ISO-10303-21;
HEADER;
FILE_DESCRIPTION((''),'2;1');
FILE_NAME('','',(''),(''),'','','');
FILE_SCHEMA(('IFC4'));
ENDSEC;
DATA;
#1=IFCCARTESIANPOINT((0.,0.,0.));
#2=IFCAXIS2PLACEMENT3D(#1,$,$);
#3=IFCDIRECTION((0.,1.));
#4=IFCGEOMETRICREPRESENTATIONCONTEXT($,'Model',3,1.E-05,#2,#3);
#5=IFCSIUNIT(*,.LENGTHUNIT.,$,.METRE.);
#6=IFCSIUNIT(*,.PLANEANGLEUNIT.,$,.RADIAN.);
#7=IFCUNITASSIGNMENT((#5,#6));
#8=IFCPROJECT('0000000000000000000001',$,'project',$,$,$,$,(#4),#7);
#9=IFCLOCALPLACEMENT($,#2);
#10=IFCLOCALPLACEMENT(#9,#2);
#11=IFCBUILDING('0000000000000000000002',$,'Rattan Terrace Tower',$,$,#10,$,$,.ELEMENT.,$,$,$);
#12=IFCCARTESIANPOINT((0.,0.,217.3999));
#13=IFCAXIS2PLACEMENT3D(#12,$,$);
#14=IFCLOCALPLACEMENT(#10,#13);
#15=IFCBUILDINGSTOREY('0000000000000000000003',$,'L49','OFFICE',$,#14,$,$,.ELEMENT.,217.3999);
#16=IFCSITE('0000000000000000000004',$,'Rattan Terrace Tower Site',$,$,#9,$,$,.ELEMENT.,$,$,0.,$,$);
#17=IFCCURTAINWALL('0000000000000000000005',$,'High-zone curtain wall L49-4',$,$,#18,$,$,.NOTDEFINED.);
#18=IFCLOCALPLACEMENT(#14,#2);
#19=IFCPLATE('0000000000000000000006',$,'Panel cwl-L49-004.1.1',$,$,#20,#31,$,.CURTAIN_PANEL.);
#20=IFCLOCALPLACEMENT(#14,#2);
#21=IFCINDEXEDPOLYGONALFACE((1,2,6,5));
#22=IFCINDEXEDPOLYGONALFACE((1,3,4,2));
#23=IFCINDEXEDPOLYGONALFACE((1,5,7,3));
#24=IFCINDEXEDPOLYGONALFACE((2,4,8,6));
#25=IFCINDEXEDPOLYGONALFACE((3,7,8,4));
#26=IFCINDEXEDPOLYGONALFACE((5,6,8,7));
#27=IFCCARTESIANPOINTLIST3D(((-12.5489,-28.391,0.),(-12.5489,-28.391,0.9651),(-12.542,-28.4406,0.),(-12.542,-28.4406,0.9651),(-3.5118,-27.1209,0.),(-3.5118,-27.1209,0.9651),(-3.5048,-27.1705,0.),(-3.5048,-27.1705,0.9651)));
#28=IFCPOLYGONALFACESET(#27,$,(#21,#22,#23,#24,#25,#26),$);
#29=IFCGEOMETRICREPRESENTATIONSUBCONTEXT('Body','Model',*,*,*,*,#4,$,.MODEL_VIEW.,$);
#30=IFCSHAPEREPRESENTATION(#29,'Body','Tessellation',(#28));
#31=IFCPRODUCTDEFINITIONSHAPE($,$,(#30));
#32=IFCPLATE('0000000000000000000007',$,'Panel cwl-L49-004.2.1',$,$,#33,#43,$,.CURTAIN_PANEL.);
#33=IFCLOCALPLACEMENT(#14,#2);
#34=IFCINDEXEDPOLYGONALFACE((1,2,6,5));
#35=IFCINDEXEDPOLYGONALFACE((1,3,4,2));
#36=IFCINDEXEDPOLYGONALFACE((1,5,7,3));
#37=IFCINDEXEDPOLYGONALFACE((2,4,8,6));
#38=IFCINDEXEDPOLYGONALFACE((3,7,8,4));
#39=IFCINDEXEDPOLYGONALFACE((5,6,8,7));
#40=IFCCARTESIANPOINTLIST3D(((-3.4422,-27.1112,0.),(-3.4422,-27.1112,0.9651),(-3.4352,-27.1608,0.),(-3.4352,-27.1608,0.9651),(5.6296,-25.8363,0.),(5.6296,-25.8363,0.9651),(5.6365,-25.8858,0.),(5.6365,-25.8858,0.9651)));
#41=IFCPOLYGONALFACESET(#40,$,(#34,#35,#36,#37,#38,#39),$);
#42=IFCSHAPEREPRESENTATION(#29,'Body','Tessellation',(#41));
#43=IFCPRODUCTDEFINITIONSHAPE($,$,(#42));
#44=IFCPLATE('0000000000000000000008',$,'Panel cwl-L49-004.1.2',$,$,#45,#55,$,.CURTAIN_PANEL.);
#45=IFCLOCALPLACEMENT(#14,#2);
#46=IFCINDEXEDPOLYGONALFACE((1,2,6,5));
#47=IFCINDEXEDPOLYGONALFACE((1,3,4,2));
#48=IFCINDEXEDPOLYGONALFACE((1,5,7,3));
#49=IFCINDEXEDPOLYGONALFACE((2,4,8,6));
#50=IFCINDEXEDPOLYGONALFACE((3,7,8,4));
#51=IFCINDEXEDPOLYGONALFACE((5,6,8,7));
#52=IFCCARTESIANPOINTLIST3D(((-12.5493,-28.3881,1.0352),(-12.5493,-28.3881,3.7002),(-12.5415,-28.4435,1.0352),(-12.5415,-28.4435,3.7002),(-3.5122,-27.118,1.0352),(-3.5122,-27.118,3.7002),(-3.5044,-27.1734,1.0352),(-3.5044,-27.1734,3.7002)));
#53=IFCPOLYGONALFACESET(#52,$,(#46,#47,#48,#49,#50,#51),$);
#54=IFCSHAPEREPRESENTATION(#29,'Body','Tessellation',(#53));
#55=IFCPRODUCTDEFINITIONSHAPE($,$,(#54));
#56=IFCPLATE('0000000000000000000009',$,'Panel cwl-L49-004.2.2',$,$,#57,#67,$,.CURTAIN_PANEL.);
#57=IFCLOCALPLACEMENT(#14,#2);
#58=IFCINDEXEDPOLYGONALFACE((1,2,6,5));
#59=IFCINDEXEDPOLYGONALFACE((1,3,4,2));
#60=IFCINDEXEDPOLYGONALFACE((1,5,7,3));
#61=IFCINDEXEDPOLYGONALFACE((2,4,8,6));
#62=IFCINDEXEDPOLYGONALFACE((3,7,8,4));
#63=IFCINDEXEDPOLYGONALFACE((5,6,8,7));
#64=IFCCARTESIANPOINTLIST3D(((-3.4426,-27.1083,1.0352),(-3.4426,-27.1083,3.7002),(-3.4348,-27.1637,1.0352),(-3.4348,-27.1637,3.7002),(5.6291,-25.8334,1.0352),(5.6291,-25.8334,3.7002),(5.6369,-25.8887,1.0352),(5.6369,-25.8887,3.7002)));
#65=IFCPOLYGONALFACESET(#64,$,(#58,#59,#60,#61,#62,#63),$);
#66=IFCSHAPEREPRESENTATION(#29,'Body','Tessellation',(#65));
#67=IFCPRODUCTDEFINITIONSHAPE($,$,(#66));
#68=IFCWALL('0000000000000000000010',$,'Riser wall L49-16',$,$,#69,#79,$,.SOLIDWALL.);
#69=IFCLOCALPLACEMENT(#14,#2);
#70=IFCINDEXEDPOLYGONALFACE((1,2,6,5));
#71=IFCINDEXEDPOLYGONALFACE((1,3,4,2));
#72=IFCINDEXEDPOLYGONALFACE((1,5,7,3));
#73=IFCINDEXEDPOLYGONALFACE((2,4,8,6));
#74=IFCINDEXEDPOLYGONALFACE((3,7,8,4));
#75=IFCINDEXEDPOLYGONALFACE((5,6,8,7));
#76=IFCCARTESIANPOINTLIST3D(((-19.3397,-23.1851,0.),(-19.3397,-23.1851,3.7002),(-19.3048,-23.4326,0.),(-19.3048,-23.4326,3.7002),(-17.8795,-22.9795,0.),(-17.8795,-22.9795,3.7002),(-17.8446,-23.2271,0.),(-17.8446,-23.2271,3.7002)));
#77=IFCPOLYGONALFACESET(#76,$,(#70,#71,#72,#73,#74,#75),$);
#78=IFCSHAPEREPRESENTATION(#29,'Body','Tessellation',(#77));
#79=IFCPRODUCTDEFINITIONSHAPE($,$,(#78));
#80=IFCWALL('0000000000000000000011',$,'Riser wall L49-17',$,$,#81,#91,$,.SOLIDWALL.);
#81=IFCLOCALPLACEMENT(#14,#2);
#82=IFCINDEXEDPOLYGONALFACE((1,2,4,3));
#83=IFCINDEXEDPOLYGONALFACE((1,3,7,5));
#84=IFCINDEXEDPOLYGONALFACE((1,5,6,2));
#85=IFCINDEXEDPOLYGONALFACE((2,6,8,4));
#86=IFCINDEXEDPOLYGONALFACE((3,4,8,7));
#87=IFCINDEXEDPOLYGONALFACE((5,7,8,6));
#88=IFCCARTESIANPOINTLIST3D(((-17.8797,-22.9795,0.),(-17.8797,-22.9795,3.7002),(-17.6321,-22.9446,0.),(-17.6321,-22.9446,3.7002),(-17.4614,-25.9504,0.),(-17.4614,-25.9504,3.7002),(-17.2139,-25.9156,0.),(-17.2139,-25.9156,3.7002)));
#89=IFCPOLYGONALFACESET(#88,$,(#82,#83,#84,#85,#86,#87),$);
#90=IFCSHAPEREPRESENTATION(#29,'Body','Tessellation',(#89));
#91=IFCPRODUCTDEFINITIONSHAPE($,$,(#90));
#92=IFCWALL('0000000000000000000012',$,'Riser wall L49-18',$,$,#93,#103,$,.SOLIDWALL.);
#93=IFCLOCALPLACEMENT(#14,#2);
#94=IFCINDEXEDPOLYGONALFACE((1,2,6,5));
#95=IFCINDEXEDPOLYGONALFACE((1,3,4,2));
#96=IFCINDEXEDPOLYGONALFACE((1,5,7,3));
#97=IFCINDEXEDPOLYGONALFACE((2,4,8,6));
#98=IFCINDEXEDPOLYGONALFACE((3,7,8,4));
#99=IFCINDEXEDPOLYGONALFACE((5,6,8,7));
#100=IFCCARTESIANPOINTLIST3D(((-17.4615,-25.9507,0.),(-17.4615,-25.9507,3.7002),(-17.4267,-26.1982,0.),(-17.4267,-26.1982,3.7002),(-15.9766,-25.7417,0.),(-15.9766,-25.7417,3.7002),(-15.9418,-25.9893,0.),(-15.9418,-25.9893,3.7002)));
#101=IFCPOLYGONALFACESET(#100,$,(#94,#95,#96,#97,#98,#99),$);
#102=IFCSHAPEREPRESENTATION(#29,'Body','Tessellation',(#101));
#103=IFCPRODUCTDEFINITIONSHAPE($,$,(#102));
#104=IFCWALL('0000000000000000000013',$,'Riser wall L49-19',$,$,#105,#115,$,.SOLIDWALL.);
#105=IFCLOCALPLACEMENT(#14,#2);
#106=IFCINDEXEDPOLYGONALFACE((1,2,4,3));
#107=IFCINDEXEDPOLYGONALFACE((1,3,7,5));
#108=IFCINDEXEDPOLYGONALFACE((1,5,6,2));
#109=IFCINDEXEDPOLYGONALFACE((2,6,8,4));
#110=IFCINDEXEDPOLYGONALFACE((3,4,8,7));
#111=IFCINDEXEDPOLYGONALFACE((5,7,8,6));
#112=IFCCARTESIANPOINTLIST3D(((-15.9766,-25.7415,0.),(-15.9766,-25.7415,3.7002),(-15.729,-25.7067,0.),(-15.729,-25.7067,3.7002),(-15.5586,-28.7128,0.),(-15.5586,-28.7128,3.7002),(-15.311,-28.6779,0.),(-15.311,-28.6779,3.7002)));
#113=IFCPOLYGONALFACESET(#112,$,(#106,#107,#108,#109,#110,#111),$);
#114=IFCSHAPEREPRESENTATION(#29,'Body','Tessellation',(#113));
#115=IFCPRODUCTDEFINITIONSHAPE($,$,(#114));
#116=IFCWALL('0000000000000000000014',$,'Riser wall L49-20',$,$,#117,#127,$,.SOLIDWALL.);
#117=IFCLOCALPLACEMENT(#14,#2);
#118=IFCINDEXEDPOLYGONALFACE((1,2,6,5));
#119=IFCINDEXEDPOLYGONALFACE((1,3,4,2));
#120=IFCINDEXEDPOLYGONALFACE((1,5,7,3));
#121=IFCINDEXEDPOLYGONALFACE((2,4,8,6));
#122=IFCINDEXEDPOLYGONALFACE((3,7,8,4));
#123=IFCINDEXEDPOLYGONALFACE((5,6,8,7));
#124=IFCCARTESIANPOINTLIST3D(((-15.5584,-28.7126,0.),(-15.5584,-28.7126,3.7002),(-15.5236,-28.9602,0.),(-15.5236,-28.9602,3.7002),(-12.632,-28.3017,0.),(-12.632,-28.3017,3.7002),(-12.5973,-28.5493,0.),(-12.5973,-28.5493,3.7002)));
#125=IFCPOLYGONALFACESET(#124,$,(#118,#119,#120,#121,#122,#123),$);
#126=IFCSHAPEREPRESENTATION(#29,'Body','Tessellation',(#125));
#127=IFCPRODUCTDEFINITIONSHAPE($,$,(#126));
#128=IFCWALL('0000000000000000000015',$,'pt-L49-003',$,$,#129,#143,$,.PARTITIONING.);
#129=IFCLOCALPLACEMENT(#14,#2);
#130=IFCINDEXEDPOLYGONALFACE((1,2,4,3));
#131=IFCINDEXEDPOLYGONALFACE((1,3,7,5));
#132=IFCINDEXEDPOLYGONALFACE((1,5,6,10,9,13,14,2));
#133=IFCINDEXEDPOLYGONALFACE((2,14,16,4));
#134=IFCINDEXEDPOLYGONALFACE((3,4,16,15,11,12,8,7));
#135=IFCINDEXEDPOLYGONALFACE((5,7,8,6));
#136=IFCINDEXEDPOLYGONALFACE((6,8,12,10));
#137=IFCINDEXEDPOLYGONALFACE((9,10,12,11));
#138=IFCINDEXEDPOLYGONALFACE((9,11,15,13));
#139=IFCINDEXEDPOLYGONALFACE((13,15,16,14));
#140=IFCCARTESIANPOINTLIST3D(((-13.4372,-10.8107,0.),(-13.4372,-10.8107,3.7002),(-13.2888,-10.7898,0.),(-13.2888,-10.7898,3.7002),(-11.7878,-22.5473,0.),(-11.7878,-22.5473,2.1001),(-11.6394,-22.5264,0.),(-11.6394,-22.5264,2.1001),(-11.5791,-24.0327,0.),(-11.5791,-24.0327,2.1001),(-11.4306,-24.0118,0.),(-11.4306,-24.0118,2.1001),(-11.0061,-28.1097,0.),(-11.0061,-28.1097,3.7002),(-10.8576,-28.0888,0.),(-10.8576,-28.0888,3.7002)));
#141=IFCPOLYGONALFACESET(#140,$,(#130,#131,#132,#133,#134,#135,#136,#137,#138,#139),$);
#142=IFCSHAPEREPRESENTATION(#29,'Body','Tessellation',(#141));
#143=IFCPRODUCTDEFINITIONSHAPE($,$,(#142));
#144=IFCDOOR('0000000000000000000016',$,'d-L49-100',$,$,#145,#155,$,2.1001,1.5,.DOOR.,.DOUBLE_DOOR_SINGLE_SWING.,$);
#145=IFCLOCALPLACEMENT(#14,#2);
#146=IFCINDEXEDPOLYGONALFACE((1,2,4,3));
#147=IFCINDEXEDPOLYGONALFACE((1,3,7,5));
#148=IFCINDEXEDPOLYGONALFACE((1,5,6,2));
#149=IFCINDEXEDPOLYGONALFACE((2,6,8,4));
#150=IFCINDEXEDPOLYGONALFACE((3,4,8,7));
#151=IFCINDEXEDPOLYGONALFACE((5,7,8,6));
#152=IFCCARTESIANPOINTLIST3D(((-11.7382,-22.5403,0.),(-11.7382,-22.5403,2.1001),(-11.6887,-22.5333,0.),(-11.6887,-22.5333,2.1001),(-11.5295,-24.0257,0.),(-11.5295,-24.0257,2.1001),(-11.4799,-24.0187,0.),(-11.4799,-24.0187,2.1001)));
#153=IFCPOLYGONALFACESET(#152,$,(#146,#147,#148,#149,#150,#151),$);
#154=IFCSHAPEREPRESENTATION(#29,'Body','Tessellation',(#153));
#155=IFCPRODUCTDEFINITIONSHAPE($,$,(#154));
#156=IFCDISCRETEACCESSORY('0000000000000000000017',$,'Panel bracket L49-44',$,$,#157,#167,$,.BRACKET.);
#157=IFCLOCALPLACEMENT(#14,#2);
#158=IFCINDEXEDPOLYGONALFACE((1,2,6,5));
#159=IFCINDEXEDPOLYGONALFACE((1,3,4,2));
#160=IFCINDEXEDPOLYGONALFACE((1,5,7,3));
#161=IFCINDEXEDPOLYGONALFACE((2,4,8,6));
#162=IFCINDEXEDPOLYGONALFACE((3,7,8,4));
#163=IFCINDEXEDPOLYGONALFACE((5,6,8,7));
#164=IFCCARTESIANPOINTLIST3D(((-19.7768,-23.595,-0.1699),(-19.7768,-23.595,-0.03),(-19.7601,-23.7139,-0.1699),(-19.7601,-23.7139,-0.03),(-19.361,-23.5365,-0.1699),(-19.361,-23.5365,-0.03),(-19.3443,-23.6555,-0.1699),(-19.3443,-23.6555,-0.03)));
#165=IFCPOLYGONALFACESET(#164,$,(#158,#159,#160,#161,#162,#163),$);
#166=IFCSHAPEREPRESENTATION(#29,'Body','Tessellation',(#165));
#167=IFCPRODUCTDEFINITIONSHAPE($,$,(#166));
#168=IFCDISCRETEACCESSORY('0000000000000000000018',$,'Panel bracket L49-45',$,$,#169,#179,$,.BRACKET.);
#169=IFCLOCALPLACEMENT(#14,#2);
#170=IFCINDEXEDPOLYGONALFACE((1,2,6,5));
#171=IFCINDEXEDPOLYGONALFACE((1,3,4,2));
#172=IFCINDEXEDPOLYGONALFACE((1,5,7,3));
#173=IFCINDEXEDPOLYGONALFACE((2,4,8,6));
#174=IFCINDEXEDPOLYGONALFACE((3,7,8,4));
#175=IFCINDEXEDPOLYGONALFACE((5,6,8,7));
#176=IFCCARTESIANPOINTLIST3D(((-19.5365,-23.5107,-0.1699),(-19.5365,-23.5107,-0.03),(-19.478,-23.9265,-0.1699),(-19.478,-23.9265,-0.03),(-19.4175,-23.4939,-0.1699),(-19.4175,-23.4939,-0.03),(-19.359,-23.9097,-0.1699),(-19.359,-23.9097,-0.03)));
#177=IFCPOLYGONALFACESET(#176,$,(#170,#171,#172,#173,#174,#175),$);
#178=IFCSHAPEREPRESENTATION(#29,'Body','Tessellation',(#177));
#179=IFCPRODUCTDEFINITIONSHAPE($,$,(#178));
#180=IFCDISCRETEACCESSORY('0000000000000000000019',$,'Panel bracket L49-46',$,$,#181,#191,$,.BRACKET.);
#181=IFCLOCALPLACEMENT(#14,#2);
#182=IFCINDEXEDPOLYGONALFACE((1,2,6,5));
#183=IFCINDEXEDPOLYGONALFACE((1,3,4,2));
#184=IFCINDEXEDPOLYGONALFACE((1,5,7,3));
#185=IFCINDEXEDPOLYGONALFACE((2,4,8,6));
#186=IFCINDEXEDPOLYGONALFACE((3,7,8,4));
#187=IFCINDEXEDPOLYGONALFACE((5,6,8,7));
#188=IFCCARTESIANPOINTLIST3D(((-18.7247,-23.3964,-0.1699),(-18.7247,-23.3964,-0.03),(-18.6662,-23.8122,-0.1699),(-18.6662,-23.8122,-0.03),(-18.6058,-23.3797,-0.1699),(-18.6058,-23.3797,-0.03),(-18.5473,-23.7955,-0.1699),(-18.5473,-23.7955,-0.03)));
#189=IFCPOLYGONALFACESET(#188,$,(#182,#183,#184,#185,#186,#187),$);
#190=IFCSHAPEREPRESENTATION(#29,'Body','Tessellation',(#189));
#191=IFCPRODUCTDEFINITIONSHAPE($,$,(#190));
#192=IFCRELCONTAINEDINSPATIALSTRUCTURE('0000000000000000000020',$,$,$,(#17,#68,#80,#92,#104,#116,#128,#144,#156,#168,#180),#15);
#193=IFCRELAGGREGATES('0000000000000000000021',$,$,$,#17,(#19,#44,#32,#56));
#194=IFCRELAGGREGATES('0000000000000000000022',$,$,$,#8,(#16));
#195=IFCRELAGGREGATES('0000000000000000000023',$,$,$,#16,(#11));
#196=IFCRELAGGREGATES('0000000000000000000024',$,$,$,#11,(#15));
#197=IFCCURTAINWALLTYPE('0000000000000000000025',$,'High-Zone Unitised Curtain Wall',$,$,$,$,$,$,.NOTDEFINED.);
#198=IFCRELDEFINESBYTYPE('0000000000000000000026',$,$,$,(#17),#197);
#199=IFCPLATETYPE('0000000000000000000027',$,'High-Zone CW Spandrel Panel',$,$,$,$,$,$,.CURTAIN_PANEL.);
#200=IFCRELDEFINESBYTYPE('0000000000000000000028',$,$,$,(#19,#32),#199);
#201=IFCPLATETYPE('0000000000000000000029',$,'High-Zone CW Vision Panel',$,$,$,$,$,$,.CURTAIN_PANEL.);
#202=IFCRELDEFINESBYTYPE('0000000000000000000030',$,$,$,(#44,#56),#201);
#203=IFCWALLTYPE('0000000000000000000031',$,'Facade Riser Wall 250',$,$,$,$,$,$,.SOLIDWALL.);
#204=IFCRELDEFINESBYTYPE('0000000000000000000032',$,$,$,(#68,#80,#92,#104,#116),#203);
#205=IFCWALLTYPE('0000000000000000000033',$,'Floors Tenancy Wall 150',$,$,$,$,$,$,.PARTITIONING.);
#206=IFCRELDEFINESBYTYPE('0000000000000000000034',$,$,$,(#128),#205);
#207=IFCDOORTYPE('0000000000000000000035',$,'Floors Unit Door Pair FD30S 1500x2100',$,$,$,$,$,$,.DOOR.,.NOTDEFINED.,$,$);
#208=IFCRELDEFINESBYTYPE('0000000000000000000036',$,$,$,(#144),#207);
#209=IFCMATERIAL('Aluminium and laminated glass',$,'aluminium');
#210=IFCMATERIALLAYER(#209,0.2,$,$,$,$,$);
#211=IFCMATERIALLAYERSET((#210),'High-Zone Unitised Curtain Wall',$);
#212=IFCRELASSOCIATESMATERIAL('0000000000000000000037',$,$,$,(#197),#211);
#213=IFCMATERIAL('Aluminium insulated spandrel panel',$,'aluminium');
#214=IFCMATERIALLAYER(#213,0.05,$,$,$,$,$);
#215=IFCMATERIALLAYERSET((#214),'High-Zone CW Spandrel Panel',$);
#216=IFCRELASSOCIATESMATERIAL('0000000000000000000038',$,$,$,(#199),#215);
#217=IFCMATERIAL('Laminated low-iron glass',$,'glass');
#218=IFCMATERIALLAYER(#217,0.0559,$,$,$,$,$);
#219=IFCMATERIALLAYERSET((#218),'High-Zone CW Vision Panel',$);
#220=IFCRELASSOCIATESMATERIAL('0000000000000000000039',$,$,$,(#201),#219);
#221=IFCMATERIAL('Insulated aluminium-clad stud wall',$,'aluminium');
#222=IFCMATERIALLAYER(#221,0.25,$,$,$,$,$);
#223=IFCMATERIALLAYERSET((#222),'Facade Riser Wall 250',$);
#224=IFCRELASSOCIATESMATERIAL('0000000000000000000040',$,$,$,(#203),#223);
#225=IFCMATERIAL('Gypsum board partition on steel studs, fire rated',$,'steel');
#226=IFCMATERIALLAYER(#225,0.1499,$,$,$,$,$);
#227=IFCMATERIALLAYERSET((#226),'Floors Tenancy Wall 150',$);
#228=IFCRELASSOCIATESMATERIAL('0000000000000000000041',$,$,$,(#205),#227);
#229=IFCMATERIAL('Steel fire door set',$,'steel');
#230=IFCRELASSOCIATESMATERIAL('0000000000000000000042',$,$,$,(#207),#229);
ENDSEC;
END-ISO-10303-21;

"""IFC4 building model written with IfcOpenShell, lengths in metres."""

from ifc_helpers import new_model, si_unit, direction, frame, frame_2d, origin, origin_2d, place, context, subcontext, project, spatial, rectangle, extrude, material, layer, layer_set, type_object, element, fill, aggregate, save


model = new_model("IFC4")

# Units and contexts
model_context = context("Model", 3, precision=1e-05, world=origin(), true_north=direction((0.0, 1.0)))
body_context = subcontext(model_context, "Body", "Model", "MODEL_VIEW")
ifc_project = project(units=[si_unit("LENGTHUNIT", "METRE"), si_unit("PLANEANGLEUNIT", "RADIAN")], contexts=[model_context])

# Site, building, storey
site_placement = place(None, origin())
site = spatial("IfcSite", under=ifc_project, at=site_placement, Name="Rattan Terrace Tower Site", CompositionType="ELEMENT", RefElevation=0.0)
building_placement = place(site_placement, origin())
building = spatial("IfcBuilding", under=site, at=building_placement, Name="Rattan Terrace Tower", CompositionType="ELEMENT")
storey_placement = place(building_placement, frame((0.0, 0.0, 217.3999)))
storey = spatial("IfcBuildingStorey", under=building, at=storey_placement, Name="L49", Description="OFFICE", CompositionType="ELEMENT", Elevation=217.3999)

# Curtain wall
ifc_material_1 = material(Name="Aluminium and laminated glass", Category="aluminium")
ifc_layer_1 = layer(ifc_material_1, 0.2)
ifc_layer_set_1 = layer_set([ifc_layer_1], Name="High-Zone Unitised Curtain Wall")
curtain_wall_type = type_object("IfcCurtainWallType", Name="High-Zone Unitised Curtain Wall", PredefinedType="NOTDEFINED", material=ifc_layer_set_1)
curtain_wall_1_placement = place(storey_placement, origin())
curtain_wall_1 = element("IfcCurtainWall", 1, at=curtain_wall_1_placement, inside=storey, type_object=curtain_wall_type, Name="High-zone curtain wall L49-4", PredefinedType="NOTDEFINED")

# Shared definitions
ifc_material_2 = material(Name="Aluminium insulated spandrel panel", Category="aluminium")
ifc_layer_2 = layer(ifc_material_2, 0.05)
ifc_layer_set_2 = layer_set([ifc_layer_2], Name="High-Zone CW Spandrel Panel")
plate_type_1 = type_object("IfcPlateType", Name="High-Zone CW Spandrel Panel", PredefinedType="CURTAIN_PANEL", material=ifc_layer_set_2)

# Plates
plate_1_placement = place(storey_placement, frame((-8.0269, -27.7808, 0.0), z_axis=(0.0, 0.0, 1.0), x_axis=(0.990267, 0.139177, 0.0)))
plate_1 = element("IfcPlate", 2, at=plate_1_placement, type_object=plate_type_1, Name="Panel cwl-L49-004.1.1", PredefinedType="CURTAIN_PANEL", context=body_context, shape_type="SweptSolid", body=[
    extrude(rectangle(XDim=9.126, YDim=0.05, at=origin_2d()), origin(), (0.0, 0.0, 1.0), 0.9651),
])
plate_2_placement = place(storey_placement, frame((1.0972, -26.4985, 0.0), z_axis=(0.0, 0.0, 1.0), x_axis=(0.990267, 0.139177, 0.0)))
plate_2 = element("IfcPlate", 3, at=plate_2_placement, type_object=plate_type_1, Name="Panel cwl-L49-004.2.1", PredefinedType="CURTAIN_PANEL", context=body_context, shape_type="SweptSolid", body=[
    extrude(rectangle(XDim=9.1609, YDim=0.05, at=origin_2d()), origin(), (0.0, 0.0, 1.0), 0.9651),
])
ifc_material_3 = material(Name="Laminated low-iron glass", Category="glass")
ifc_layer_3 = layer(ifc_material_3, 0.0559)
ifc_layer_set_3 = layer_set([ifc_layer_3], Name="High-Zone CW Vision Panel")
plate_type_2 = type_object("IfcPlateType", Name="High-Zone CW Vision Panel", PredefinedType="CURTAIN_PANEL", material=ifc_layer_set_3)
plate_3_placement = place(storey_placement, frame((-8.0269, -27.7808, 1.0352), z_axis=(0.0, 0.0, 1.0), x_axis=(0.990267, 0.139177, 0.0)))
plate_3 = element("IfcPlate", 4, at=plate_3_placement, type_object=plate_type_2, Name="Panel cwl-L49-004.1.2", PredefinedType="CURTAIN_PANEL", context=body_context, shape_type="SweptSolid", body=[
    extrude(rectangle(XDim=9.126, YDim=0.0559, at=origin_2d()), origin(), (0.0, 0.0, 1.0), 2.665),
])
plate_4_placement = place(storey_placement, frame((1.0972, -26.4985, 1.0352), z_axis=(0.0, 0.0, 1.0), x_axis=(0.990267, 0.139177, 0.0)))
plate_4 = element("IfcPlate", 5, at=plate_4_placement, type_object=plate_type_2, Name="Panel cwl-L49-004.2.2", PredefinedType="CURTAIN_PANEL", context=body_context, shape_type="SweptSolid", body=[
    extrude(rectangle(XDim=9.1609, YDim=0.0559, at=origin_2d()), origin(), (0.0, 0.0, 1.0), 2.665),
])
aggregate(curtain_wall_1, [plate_1, plate_3, plate_2, plate_4])

# Walls
ifc_material_4 = material(Name="Insulated aluminium-clad stud wall", Category="aluminium")
ifc_layer_4 = layer(ifc_material_4, 0.25)
ifc_layer_set_4 = layer_set([ifc_layer_4], Name="Facade Riser Wall 250")
wall_type_1 = type_object("IfcWallType", Name="Facade Riser Wall 250", PredefinedType="SOLIDWALL", material=ifc_layer_set_4)
wall_1_placement = place(storey_placement, frame((-19.3223, -23.3088, 0.0), z_axis=(0.0, 0.0, 1.0), x_axis=(0.990236, 0.139404, 0.0)))
element("IfcWall", 6, at=wall_1_placement, inside=storey, type_object=wall_type_1, Name="Riser wall L49-16", PredefinedType="SOLIDWALL", context=body_context, shape_type="SweptSolid", body=[
    extrude(rectangle(XDim=1.4746, YDim=0.25, at=frame_2d((0.7373, 0.0))), origin(), (0.0, 0.0, 1.0), 3.7002),
])
wall_2_placement = place(storey_placement, frame((-17.7559, -22.9622, 0.0), z_axis=(0.0, 0.0, 1.0), x_axis=(0.139393, -0.990237, 0.0)))
element("IfcWall", 7, at=wall_2_placement, inside=storey, type_object=wall_type_1, Name="Riser wall L49-17", PredefinedType="SOLIDWALL", context=body_context, shape_type="SweptSolid", body=[
    extrude(rectangle(XDim=3.0002, YDim=0.25, at=frame_2d((1.5, 0.0))), origin(), (0.0, 0.0, 1.0), 3.7002),
])
wall_3_placement = place(storey_placement, frame((-17.4441, -26.0745, 0.0), z_axis=(0.0, 0.0, 1.0), x_axis=(0.99024, 0.13937, 0.0)))
element("IfcWall", 8, at=wall_3_placement, inside=storey, type_object=wall_type_1, Name="Riser wall L49-18", PredefinedType="SOLIDWALL", context=body_context, shape_type="SweptSolid", body=[
    extrude(rectangle(XDim=1.4995, YDim=0.25, at=frame_2d((0.7498, 0.0))), origin(), (0.0, 0.0, 1.0), 3.7002),
])
wall_4_placement = place(storey_placement, frame((-15.8528, -25.7241, 0.0), z_axis=(0.0, 0.0, 1.0), x_axis=(0.139302, -0.99025, 0.0)))
element("IfcWall", 9, at=wall_4_placement, inside=storey, type_object=wall_type_1, Name="Riser wall L49-19", PredefinedType="SOLIDWALL", context=body_context, shape_type="SweptSolid", body=[
    extrude(rectangle(XDim=3.0005, YDim=0.25, at=frame_2d((1.5002, 0.0))), origin(), (0.0, 0.0, 1.0), 3.7002),
])
wall_5_placement = place(storey_placement, frame((-15.541, -28.8364, 0.0), z_axis=(0.0, 0.0, 1.0), x_axis=(0.990285, 0.13905, 0.0)))
element("IfcWall", 10, at=wall_5_placement, inside=storey, type_object=wall_type_1, Name="Riser wall L49-20", PredefinedType="SOLIDWALL", context=body_context, shape_type="SweptSolid", body=[
    extrude(rectangle(XDim=2.9551, YDim=0.25, at=frame_2d((1.4775, 0.0))), origin(), (0.0, 0.0, 1.0), 3.7002),
])

# Wall, opening, door
ifc_material_5 = material(Name="Gypsum board partition on steel studs, fire rated", Category="steel")
ifc_layer_5 = layer(ifc_material_5, 0.1499)
ifc_layer_set_5 = layer_set([ifc_layer_5], Name="Floors Tenancy Wall 150")
wall_type_2 = type_object("IfcWallType", Name="Floors Tenancy Wall 150", PredefinedType="PARTITIONING", material=ifc_layer_set_5)
wall_6_placement = place(storey_placement, frame((-10.9319, -28.0991, 0.0), z_axis=(0.0, 0.0, 1.0), x_axis=(-0.139169, 0.990269, 0.0)))
wall_6 = element("IfcWall", 11, at=wall_6_placement, inside=storey, type_object=wall_type_2, Name="pt-L49-003", PredefinedType="PARTITIONING", context=body_context, shape_type="SweptSolid", body=[
    extrude(rectangle(XDim=17.469, YDim=0.1499, at=frame_2d((8.7344, 0.0))), origin(), (0.0, 0.0, 1.0), 3.7002),
])
opening_placement = place(wall_6_placement, frame((4.1169, 0.0, 0.0)))
opening = element("IfcOpeningElement", 12, at=opening_placement, cuts=wall_6, PredefinedType="OPENING", context=body_context, shape_type="SweptSolid", body=[
    extrude(rectangle(XDim=1.5, YDim=2.1001, at=frame_2d((0.75, 1.05))), frame((0.0, 0.0854, 0.0), z_axis=(0.0, -1.0, 0.0), x_axis=(1.0, 0.0, 0.0)), (0.0, 0.0, 1.0), 0.1709),
])
ifc_material_6 = material(Name="Steel fire door set", Category="steel")
door_type = type_object("IfcDoorType", Name="Floors Unit Door Pair FD30S 1500x2100", OperationType="NOTDEFINED", PredefinedType="DOOR", material=ifc_material_6)
door_placement = place(opening_placement, origin())
door = element("IfcDoor", 13, at=door_placement, inside=storey, type_object=door_type, Name="d-L49-100", OperationType="DOUBLE_DOOR_SINGLE_SWING", OverallHeight=2.1001, OverallWidth=1.5, PredefinedType="DOOR", context=body_context, shape_type="SweptSolid", body=[
    extrude(rectangle(XDim=1.5, YDim=2.1001, at=frame_2d((0.75, 1.05))), frame((0.0, 0.0249, 0.0), z_axis=(0.0, -1.0, 0.0), x_axis=(1.0, 0.0, 0.0)), (0.0, 0.0, 1.0), 0.05),
])
fill(opening, door)

# Discrete accessories
for number, where, z_axis, x_axis, name in (
    (14, (-19.5605, -23.6252, -0.1699), (0.0, 0.0, 1.0), (0.139186, -0.990266, 0.0), "Panel bracket L49-44"),
    (15, (-19.4478, -23.7102, -0.1699), (0.0, 0.0, 1.0), (0.990241, 0.139367, 0.0), "Panel bracket L49-45"),
    (16, (-18.636, -23.5959, -0.1699), (0.0, 0.0, 1.0), (0.990241, 0.139367, 0.0), "Panel bracket L49-46"),
):
    element("IfcDiscreteAccessory", number, at=place(storey_placement, frame(where, z_axis=z_axis, x_axis=x_axis)), inside=storey, Name=name, PredefinedType="BRACKET", context=body_context, shape_type="SweptSolid", body=[
        extrude(rectangle(XDim=0.1201, YDim=0.4199, at=origin_2d()), origin(), (0.0, 0.0, 1.0), 0.1399),
    ])

save(model, "model.ifc")
